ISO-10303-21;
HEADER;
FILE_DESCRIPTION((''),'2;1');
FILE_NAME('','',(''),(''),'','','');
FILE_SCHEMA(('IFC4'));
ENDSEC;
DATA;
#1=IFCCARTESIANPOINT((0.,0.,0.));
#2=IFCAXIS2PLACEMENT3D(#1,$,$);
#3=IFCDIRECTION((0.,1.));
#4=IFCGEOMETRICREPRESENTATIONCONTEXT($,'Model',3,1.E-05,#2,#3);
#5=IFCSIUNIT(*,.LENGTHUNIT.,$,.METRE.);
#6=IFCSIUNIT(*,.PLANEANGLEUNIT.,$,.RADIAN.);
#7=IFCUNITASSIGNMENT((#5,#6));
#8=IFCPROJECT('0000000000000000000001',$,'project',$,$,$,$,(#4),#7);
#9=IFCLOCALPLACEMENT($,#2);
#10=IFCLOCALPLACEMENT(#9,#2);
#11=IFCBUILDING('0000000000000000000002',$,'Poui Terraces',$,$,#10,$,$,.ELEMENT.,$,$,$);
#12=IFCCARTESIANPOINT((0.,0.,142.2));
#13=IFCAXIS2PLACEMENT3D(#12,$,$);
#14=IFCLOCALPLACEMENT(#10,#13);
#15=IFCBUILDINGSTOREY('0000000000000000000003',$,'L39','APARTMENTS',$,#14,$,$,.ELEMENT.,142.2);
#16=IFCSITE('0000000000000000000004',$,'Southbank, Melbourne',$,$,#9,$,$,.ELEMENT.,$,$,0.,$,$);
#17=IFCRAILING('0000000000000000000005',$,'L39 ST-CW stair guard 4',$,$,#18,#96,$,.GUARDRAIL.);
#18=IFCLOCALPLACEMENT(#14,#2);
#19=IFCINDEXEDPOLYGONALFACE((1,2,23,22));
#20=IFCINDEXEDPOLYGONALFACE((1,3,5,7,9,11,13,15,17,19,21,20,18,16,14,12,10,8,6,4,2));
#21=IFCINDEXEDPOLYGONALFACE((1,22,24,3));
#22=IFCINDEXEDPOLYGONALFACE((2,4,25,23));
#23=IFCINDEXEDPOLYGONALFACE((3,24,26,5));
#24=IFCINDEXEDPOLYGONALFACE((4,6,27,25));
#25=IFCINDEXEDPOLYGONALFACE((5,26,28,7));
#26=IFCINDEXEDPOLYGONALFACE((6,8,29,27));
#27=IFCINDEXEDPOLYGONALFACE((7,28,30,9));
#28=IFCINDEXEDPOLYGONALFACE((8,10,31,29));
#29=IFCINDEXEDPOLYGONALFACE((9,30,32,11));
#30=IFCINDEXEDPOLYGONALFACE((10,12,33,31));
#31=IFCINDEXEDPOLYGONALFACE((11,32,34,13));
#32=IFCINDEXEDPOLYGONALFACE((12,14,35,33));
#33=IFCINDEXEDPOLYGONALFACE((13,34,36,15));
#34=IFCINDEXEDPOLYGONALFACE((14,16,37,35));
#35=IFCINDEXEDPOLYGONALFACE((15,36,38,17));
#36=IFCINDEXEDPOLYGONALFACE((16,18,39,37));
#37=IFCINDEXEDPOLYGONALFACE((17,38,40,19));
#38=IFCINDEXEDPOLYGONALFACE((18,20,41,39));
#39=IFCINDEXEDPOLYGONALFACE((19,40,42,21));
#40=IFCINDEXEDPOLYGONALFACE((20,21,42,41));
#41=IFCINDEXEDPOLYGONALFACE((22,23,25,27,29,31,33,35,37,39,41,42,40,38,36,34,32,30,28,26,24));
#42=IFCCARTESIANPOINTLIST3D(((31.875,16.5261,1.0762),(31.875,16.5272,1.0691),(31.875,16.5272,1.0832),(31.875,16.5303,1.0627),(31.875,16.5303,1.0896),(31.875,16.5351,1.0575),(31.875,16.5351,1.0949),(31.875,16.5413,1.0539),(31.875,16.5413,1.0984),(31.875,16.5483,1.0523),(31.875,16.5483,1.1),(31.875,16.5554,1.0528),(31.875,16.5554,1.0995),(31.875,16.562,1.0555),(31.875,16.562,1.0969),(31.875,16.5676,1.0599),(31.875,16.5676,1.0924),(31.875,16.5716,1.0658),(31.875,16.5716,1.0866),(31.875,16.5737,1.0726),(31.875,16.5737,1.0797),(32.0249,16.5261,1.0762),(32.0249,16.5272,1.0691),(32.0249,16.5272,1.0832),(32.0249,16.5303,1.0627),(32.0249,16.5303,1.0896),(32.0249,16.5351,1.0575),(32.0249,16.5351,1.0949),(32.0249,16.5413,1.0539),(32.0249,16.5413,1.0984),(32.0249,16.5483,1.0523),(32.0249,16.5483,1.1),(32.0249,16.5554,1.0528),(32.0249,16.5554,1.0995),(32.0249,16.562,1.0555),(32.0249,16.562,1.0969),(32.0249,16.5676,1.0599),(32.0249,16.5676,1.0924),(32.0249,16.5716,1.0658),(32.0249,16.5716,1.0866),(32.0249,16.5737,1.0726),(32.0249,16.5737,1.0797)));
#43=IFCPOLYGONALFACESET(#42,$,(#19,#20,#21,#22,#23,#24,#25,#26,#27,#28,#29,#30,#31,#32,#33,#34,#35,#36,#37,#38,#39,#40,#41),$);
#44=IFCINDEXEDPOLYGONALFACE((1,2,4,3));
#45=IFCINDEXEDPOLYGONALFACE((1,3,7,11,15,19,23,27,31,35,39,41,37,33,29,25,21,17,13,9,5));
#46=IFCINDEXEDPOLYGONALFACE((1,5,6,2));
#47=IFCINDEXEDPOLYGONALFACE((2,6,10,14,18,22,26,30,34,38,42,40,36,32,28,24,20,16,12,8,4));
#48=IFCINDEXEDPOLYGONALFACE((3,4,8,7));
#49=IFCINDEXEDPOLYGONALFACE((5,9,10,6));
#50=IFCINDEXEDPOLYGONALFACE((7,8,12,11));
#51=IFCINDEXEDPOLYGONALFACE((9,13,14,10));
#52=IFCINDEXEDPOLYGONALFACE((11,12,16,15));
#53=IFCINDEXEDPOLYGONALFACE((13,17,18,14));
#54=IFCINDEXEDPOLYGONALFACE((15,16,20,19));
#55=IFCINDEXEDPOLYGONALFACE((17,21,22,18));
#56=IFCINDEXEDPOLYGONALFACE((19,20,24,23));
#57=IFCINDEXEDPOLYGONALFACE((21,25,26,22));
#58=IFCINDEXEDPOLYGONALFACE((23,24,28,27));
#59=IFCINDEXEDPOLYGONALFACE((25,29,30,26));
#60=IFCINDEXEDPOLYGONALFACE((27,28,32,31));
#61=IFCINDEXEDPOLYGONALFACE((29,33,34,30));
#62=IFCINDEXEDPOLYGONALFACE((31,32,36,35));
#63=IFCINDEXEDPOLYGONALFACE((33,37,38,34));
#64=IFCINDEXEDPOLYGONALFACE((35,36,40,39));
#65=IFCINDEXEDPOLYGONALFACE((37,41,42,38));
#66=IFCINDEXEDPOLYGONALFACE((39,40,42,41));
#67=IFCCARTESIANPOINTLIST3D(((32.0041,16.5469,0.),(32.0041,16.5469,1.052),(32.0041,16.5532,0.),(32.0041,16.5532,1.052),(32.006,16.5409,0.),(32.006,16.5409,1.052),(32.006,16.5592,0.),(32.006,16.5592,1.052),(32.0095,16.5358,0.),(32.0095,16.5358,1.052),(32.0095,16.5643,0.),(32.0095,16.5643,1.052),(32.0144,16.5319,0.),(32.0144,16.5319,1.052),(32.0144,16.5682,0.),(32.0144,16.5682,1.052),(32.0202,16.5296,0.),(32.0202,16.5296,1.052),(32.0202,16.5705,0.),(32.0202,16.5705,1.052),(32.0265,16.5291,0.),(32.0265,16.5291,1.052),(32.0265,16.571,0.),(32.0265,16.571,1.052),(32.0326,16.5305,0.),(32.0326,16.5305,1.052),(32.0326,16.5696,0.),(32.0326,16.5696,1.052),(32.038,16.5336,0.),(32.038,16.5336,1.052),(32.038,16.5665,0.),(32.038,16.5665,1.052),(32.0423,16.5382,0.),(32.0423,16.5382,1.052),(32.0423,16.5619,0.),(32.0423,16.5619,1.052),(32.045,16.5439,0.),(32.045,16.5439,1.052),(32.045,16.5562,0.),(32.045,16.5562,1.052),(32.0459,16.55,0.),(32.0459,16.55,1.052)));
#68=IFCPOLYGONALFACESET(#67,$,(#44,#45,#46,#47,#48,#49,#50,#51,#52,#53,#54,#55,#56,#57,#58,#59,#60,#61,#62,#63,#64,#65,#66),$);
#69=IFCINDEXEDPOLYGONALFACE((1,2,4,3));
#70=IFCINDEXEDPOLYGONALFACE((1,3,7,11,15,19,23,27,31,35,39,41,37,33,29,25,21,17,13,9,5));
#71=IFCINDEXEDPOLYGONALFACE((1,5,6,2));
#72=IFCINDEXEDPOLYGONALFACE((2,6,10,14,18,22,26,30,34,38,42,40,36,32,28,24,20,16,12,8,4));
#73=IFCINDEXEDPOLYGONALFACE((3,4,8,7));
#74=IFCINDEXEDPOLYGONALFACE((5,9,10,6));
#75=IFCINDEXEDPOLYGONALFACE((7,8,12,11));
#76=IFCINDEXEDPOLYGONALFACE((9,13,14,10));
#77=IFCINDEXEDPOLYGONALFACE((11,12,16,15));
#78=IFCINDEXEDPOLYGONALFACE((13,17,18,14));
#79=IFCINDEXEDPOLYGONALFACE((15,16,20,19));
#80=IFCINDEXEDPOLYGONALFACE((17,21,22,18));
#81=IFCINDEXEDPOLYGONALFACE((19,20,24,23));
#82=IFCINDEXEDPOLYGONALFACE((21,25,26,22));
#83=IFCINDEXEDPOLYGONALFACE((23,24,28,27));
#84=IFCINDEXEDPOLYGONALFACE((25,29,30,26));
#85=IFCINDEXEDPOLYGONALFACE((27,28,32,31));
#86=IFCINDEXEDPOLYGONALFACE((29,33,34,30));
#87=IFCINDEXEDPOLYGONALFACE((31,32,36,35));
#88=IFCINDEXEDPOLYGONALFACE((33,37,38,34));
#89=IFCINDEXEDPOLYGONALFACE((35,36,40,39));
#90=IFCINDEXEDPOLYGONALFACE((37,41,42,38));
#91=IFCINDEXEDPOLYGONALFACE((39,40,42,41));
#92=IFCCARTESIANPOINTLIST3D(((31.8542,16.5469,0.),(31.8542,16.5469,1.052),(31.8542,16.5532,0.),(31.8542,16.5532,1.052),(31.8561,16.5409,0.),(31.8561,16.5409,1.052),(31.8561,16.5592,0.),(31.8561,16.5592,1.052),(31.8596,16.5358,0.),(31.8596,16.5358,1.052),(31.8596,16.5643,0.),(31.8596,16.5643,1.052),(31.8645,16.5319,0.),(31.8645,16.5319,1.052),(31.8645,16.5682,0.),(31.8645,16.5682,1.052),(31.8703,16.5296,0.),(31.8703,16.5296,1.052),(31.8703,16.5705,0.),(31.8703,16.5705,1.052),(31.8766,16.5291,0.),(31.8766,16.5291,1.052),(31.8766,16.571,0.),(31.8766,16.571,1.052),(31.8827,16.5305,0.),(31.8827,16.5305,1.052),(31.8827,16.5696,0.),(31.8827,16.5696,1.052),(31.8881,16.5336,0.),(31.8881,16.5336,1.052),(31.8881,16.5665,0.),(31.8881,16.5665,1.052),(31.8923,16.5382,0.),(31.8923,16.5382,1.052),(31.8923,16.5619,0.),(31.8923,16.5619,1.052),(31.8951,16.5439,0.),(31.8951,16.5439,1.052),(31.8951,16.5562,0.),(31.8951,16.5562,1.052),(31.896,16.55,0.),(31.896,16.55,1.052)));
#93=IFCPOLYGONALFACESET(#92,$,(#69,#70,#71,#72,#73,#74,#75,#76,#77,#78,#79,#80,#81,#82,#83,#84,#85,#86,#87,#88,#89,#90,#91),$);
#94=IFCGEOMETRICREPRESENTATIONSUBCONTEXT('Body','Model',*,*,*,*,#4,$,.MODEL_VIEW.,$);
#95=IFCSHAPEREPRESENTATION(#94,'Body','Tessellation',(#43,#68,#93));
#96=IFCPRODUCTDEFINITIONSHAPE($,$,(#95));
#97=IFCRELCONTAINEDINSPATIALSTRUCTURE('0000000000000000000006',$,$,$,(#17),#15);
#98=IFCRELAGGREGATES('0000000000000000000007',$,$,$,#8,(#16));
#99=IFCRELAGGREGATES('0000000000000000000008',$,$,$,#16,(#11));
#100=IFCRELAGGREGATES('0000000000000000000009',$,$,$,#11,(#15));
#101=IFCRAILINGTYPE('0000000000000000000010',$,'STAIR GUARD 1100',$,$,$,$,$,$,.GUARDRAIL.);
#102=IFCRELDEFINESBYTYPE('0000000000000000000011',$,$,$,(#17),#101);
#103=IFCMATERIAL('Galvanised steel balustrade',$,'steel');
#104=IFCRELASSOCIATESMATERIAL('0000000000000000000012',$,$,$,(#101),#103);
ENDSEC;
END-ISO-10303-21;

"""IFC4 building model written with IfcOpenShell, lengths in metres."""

from ifc_helpers import new_model, si_unit, direction, frame, origin, origin_2d, place, context, subcontext, project, spatial, circle, extrude, material, type_object, element, save


model = new_model("IFC4")

# Units and contexts
model_context = context("Model", 3, precision=1e-05, world=origin(), true_north=direction((0.0, 1.0)))
body_context = subcontext(model_context, "Body", "Model", "MODEL_VIEW")
ifc_project = project(units=[si_unit("LENGTHUNIT", "METRE"), si_unit("PLANEANGLEUNIT", "RADIAN")], contexts=[model_context])

# Site, building, storey
site_placement = place(None, origin())
site = spatial("IfcSite", under=ifc_project, at=site_placement, Name="Southbank, Melbourne", CompositionType="ELEMENT", RefElevation=0.0)
building_placement = place(site_placement, origin())
building = spatial("IfcBuilding", under=site, at=building_placement, Name="Poui Terraces", CompositionType="ELEMENT")
storey_placement = place(building_placement, frame((0.0, 0.0, 142.2)))
storey = spatial("IfcBuildingStorey", under=building, at=storey_placement, Name="L39", Description="APARTMENTS", CompositionType="ELEMENT", Elevation=142.2)

# Railing
ifc_material_1 = material(Name="Galvanised steel balustrade", Category="steel")
railing_type_1 = type_object("IfcRailingType", Name="STAIR GUARD 1100", PredefinedType="GUARDRAIL", material=ifc_material_1)
railing_1_placement = place(storey_placement, frame((32.0249, 16.55, 0.0)))
element("IfcRailing", 1, at=railing_1_placement, inside=storey, type_object=railing_type_1, Name="L39 ST-CW stair guard 4", PredefinedType="GUARDRAIL", context=body_context, shape_type="SweptSolid", body=[
    extrude(circle(Radius=0.0239, at=origin_2d()), frame((0.0, 0.0, 1.0762), z_axis=(-1.0, 0.0, 0.0), x_axis=(0.0, -1.0, 0.0)), (0.0, 0.0, 1.0), 0.1499),
    extrude(circle(Radius=0.021, at=origin_2d()), origin(), (0.0, 0.0, 1.0), 1.052),
    extrude(circle(Radius=0.021, at=origin_2d()), frame((-0.1499, 0.0, 0.0)), (0.0, 0.0, 1.0), 1.052),
])

save(model, "model.ifc")
